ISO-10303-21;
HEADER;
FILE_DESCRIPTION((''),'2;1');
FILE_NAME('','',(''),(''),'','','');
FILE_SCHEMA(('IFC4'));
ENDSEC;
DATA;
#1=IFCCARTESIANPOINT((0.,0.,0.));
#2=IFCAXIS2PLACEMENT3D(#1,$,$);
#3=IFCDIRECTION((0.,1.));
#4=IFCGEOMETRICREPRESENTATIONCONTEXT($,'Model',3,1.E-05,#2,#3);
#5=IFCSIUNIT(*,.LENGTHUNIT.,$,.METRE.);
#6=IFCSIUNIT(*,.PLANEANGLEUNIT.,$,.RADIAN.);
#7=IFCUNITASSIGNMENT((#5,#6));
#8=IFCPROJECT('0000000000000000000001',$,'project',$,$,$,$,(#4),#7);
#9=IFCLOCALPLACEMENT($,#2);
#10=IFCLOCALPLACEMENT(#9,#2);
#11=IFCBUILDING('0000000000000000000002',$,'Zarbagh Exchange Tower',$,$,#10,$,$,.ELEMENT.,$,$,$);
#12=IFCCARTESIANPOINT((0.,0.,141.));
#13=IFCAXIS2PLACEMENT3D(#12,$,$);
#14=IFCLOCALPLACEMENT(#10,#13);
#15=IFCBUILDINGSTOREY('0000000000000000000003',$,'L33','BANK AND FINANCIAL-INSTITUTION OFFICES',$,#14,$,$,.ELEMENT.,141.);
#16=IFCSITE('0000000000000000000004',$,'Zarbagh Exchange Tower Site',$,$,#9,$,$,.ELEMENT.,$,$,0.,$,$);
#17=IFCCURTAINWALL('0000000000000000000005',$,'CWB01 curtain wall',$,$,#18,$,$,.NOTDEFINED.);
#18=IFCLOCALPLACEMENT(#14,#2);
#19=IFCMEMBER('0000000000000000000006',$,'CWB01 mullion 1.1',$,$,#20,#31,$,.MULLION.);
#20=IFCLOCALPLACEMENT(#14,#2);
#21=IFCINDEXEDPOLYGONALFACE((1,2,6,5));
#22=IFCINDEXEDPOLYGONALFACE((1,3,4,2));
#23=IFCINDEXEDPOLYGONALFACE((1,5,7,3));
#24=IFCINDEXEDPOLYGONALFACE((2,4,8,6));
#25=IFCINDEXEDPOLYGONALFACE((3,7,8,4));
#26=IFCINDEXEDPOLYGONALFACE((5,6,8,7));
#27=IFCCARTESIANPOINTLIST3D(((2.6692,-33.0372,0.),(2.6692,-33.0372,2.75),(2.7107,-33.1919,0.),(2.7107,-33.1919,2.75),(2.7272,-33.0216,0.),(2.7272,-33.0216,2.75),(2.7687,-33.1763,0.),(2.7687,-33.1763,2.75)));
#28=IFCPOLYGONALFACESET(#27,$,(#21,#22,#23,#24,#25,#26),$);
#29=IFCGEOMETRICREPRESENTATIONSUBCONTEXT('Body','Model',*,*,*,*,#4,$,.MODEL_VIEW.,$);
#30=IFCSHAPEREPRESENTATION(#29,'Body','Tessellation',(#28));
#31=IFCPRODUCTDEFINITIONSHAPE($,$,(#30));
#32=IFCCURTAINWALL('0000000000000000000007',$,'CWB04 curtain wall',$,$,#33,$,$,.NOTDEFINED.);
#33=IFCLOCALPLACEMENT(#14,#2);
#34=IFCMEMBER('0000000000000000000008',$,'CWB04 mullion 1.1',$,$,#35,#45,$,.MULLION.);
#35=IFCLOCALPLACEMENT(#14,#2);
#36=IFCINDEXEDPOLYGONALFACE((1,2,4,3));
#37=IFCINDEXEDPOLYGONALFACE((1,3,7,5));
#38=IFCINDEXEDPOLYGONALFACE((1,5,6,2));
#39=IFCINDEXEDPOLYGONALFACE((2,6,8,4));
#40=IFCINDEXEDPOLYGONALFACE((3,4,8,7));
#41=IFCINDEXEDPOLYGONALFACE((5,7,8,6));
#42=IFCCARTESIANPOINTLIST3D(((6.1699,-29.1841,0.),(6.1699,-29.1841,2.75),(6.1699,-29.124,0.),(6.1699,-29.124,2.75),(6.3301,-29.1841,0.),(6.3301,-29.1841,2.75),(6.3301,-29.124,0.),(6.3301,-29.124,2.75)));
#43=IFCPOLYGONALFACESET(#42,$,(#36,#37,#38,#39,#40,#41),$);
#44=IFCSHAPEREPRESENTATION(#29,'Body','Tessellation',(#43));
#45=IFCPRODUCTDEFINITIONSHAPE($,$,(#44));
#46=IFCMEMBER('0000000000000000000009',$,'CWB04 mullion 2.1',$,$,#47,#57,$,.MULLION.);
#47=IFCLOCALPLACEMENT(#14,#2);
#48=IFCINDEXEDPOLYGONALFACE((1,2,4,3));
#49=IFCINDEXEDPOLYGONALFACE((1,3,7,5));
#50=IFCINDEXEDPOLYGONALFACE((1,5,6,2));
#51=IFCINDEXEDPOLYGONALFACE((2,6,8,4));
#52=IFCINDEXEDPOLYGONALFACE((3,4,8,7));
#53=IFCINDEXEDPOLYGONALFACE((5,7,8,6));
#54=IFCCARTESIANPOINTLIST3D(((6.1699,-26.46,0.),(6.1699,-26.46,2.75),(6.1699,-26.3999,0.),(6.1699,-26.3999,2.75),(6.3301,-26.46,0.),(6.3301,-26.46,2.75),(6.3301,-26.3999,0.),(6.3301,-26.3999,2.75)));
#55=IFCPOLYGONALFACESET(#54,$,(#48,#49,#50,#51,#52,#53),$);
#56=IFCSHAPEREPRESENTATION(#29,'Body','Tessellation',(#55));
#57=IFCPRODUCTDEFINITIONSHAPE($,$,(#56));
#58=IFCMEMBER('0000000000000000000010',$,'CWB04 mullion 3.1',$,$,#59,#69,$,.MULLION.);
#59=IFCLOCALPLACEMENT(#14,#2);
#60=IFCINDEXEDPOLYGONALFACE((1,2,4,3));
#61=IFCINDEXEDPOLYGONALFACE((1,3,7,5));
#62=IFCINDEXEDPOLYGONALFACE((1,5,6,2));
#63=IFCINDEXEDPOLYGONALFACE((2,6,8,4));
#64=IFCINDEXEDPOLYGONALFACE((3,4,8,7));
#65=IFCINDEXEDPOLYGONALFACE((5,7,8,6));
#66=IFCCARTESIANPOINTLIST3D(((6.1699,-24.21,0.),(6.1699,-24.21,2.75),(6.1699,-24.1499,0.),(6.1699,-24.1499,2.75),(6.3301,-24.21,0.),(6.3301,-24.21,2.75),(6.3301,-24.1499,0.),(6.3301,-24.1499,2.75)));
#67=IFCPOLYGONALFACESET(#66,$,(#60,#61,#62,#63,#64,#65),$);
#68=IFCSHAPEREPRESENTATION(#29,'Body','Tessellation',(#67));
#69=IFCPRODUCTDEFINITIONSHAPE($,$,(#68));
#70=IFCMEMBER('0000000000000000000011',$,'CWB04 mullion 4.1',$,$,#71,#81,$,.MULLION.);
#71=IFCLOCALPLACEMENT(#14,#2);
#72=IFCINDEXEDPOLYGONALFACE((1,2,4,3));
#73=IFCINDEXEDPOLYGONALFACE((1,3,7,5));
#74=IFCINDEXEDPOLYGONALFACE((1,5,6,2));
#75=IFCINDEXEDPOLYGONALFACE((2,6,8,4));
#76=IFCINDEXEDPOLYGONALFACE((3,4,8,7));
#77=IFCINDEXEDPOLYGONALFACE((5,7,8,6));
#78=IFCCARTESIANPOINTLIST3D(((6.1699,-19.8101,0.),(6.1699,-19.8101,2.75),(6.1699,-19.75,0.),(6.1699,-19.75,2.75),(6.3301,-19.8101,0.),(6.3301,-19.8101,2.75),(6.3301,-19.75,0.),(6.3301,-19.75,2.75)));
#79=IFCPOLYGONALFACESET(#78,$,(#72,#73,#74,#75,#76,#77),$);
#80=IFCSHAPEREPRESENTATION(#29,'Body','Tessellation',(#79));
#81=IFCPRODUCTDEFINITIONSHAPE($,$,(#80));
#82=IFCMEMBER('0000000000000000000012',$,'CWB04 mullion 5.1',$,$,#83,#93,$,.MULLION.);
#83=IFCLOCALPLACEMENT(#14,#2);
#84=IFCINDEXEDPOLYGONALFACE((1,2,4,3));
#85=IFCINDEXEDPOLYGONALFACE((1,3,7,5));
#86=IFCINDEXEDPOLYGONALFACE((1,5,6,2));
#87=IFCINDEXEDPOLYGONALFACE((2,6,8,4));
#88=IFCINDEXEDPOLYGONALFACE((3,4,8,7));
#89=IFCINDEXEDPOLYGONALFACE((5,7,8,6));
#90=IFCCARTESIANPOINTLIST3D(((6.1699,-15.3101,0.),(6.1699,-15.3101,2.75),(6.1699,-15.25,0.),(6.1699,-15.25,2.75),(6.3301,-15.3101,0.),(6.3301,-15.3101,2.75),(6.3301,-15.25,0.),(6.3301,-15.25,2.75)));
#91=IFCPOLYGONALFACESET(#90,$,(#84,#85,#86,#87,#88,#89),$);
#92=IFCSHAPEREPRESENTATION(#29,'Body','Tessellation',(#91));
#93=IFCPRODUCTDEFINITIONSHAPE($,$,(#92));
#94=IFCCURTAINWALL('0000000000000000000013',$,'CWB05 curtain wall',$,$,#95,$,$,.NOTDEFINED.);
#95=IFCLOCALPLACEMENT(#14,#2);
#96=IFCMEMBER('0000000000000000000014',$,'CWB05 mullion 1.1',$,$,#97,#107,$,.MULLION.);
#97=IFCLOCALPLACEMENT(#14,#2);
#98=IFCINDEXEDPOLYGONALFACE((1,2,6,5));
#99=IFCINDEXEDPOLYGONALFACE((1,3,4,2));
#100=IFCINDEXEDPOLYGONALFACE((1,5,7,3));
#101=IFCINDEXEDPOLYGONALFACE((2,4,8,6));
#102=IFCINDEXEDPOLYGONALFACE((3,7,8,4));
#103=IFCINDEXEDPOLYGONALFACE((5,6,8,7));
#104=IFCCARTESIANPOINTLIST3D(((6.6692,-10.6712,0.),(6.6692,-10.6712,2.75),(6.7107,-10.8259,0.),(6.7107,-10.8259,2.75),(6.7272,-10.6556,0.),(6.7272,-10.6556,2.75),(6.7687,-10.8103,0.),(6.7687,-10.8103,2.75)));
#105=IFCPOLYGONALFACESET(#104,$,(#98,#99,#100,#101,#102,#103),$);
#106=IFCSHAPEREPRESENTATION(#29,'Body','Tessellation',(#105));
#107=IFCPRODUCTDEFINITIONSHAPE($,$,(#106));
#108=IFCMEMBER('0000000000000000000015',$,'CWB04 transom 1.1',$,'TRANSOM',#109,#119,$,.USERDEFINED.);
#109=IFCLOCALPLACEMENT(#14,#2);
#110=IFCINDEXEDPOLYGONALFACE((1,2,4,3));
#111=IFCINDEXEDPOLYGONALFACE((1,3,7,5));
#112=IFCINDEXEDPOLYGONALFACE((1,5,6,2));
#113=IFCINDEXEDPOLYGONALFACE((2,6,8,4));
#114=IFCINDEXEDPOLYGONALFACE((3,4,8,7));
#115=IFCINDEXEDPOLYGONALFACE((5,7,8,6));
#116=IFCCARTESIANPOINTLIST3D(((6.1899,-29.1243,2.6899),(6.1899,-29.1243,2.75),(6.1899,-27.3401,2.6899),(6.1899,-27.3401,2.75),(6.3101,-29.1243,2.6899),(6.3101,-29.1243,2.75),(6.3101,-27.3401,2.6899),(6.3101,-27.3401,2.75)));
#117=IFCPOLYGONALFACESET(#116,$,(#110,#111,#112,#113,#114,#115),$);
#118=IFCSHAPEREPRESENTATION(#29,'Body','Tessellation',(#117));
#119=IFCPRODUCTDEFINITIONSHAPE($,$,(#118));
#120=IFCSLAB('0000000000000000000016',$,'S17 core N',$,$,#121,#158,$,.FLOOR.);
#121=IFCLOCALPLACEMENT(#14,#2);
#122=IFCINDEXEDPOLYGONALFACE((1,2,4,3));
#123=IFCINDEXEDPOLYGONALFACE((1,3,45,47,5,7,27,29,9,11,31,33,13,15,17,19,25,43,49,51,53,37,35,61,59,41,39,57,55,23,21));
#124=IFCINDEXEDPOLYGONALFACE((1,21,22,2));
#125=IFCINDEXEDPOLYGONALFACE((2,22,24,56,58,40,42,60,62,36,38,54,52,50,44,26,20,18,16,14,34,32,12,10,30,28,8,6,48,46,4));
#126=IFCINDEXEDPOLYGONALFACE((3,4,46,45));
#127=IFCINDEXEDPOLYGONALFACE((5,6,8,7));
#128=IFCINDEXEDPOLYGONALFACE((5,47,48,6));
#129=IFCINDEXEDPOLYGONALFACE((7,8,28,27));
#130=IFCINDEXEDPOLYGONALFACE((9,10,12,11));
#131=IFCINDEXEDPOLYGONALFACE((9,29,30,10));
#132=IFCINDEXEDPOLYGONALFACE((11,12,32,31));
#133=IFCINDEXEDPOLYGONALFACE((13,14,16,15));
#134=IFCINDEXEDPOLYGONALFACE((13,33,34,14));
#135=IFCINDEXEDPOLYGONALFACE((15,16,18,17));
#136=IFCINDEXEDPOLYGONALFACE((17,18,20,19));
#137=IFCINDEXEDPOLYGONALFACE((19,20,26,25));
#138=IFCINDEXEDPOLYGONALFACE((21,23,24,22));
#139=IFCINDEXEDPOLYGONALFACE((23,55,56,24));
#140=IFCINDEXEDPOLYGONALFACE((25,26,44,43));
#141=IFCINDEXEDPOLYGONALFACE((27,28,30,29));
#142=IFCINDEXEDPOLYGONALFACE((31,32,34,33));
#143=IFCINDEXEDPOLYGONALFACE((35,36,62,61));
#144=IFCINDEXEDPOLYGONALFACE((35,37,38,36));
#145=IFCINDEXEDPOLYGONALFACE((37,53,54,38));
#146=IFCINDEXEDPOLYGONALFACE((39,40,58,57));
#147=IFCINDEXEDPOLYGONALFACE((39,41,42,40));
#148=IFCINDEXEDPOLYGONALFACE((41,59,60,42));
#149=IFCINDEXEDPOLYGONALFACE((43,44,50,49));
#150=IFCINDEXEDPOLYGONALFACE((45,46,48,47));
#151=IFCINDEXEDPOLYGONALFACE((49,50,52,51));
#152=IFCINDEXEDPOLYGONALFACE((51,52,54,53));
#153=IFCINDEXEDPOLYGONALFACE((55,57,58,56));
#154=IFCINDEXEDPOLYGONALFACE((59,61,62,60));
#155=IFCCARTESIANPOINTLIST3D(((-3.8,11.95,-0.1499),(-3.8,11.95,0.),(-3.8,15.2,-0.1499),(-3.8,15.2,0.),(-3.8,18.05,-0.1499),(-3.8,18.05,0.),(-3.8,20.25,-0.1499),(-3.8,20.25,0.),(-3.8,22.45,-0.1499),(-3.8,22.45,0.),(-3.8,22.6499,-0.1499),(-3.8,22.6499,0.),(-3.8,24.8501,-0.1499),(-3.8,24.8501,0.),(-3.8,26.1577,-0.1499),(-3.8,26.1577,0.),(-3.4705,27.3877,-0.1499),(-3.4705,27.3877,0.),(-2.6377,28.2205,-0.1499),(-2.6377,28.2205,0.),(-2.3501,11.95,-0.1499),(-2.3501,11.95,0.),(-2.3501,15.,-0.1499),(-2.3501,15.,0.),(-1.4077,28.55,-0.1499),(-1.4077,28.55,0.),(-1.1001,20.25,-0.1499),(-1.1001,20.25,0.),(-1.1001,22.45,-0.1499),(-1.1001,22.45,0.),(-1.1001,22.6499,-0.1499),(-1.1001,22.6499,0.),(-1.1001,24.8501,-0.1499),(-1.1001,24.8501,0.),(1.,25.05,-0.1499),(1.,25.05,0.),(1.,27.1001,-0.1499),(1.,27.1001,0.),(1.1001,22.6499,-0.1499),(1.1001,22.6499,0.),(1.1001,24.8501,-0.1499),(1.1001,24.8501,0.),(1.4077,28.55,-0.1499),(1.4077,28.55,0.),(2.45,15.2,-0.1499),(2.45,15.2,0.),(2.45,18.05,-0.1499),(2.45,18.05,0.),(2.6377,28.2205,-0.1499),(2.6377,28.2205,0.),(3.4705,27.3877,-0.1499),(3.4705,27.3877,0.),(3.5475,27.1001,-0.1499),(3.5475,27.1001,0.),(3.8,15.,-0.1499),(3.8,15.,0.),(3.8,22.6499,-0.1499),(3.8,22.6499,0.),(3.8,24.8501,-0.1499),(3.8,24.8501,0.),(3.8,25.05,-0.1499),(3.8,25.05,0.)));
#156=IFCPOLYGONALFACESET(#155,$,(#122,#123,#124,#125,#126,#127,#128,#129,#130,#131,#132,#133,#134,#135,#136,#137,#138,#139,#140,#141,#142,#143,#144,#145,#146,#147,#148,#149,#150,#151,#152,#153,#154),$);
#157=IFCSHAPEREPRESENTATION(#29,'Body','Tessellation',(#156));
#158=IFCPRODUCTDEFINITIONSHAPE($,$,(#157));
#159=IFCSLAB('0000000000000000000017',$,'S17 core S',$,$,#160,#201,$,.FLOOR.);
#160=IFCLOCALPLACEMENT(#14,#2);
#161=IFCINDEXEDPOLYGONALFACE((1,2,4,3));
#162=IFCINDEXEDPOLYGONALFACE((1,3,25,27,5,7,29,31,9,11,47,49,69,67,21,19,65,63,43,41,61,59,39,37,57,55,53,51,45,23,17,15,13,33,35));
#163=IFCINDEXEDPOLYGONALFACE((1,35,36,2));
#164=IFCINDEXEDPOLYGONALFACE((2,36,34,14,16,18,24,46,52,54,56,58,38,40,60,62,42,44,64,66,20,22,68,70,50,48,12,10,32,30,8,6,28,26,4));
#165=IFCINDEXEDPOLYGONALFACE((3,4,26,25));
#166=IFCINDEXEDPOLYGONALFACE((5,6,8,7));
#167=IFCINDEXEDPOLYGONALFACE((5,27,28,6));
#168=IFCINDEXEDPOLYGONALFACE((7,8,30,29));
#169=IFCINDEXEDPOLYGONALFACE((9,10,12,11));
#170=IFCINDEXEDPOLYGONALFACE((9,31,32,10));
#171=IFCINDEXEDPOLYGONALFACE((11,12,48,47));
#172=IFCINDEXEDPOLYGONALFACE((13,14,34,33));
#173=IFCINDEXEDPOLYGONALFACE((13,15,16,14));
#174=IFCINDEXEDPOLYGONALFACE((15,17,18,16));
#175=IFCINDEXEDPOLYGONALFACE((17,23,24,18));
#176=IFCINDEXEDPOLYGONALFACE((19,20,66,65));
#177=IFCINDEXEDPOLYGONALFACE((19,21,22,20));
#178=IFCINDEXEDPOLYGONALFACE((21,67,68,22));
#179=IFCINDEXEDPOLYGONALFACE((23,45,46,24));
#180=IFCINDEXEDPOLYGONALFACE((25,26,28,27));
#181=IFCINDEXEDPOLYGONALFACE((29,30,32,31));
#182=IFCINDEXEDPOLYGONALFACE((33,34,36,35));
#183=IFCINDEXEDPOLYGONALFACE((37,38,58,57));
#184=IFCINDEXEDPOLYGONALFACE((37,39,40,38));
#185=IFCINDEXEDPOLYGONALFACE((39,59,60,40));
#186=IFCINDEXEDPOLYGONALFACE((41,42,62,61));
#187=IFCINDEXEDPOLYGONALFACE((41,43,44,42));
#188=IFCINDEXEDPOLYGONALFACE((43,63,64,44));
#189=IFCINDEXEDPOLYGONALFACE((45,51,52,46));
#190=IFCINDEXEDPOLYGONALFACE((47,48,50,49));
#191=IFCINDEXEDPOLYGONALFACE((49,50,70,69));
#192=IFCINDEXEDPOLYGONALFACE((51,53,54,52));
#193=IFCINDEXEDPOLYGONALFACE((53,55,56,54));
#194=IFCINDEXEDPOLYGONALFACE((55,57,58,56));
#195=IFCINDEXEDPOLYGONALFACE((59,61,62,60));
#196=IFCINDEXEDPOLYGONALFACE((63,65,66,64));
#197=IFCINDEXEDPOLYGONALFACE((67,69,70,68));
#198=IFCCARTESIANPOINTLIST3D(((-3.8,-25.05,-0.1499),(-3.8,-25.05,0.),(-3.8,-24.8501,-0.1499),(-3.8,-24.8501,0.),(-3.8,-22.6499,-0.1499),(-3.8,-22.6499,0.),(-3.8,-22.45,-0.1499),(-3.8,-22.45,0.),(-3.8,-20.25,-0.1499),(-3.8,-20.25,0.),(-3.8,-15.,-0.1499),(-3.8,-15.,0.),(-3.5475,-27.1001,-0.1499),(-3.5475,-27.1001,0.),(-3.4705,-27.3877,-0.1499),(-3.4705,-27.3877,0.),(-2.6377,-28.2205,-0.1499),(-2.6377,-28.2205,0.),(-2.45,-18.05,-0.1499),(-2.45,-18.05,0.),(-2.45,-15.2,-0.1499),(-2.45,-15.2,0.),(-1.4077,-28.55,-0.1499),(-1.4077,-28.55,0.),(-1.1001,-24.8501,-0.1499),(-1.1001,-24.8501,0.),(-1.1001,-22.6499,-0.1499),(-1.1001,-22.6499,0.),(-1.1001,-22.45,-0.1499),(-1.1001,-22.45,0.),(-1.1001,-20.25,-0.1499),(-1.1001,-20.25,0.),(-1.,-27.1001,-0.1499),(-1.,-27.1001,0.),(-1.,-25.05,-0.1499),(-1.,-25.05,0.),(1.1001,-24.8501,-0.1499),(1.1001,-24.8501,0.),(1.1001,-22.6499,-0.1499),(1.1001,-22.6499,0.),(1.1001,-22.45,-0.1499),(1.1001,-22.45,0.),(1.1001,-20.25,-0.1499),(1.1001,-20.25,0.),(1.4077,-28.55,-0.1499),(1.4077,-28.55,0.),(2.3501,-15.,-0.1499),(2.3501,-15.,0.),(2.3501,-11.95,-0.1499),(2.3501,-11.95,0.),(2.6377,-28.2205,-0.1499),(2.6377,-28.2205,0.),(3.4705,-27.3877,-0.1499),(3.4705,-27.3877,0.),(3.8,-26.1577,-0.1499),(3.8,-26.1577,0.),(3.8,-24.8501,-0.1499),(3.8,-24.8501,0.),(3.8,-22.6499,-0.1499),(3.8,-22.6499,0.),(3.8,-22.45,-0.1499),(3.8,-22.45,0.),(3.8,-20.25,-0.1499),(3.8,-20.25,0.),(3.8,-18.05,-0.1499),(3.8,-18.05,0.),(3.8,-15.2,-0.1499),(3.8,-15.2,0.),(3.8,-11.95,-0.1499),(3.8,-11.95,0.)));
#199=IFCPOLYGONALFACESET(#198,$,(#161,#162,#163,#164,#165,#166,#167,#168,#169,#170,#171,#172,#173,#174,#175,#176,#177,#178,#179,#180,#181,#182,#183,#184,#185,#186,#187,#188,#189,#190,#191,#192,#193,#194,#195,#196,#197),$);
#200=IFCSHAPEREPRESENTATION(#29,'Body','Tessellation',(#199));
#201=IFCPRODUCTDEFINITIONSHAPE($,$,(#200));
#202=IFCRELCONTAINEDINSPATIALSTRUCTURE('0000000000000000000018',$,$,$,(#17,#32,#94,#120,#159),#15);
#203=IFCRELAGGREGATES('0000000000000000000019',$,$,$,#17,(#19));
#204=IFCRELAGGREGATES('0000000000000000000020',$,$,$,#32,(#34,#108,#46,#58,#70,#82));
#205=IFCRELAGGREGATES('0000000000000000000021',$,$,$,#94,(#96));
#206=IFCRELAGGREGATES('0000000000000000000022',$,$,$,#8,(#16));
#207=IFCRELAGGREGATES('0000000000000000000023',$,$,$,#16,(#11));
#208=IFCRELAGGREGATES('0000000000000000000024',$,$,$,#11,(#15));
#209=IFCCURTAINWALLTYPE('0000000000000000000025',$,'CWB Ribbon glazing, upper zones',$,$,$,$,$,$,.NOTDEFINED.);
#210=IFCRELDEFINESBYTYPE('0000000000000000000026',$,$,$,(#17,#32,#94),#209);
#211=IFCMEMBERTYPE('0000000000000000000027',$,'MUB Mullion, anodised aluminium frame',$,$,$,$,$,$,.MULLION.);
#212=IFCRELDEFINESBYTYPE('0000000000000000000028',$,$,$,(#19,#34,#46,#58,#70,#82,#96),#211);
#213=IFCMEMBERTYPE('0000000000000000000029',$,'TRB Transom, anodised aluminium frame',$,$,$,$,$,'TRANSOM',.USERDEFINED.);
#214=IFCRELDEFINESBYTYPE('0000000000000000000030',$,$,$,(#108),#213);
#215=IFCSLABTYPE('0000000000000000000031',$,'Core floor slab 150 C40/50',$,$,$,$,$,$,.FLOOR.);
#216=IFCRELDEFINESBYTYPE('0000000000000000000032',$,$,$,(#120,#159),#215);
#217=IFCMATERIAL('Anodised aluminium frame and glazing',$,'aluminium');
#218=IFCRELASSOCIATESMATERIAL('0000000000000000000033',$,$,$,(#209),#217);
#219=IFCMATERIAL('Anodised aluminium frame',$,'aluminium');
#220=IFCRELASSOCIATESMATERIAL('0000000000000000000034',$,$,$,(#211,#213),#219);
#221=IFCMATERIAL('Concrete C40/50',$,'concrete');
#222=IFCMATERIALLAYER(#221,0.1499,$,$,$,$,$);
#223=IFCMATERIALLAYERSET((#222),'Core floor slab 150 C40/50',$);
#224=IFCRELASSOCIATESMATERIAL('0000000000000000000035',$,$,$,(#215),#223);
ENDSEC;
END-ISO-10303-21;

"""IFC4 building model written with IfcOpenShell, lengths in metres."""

from ifc_helpers import new_model, si_unit, direction, frame, origin, place, context, subcontext, project, spatial, polyline, outline, extrude, source, transform, mapped, material, layer, layer_set, type_object, element, aggregate, save


model = new_model("IFC4")

# Units and contexts
model_context = context("Model", 3, precision=1e-05, world=origin(), true_north=direction((0.0, 1.0)))
body_context = subcontext(model_context, "Body", "Model", "MODEL_VIEW")
ifc_project = project(units=[si_unit("LENGTHUNIT", "METRE"), si_unit("PLANEANGLEUNIT", "RADIAN")], contexts=[model_context])

# Site, building, storey
site_placement = place(None, origin())
site = spatial("IfcSite", under=ifc_project, at=site_placement, Name="Zarbagh Exchange Tower Site", CompositionType="ELEMENT", RefElevation=0.0)
building_placement = place(site_placement, origin())
building = spatial("IfcBuilding", under=site, at=building_placement, Name="Zarbagh Exchange Tower", CompositionType="ELEMENT")
storey_placement = place(building_placement, frame((0.0, 0.0, 141.0)))
storey = spatial("IfcBuildingStorey", under=building, at=storey_placement, Name="L33", Description="BANK AND FINANCIAL-INSTITUTION OFFICES", CompositionType="ELEMENT", Elevation=141.0)

# Curtain wall, member
ifc_material_1 = material(Name="Anodised aluminium frame and glazing", Category="aluminium")
curtain_wall_type = type_object("IfcCurtainWallType", Name="CWB Ribbon glazing, upper zones", PredefinedType="NOTDEFINED", material=ifc_material_1)
curtain_wall_1_placement = place(storey_placement, origin())
curtain_wall_1 = element("IfcCurtainWall", 1, at=curtain_wall_1_placement, inside=storey, type_object=curtain_wall_type, Name="CWB01 curtain wall", PredefinedType="NOTDEFINED")
ifc_material_2 = material(Name="Anodised aluminium frame", Category="aluminium")
member_type_1 = type_object("IfcMemberType", Name="MUB Mullion, anodised aluminium frame", PredefinedType="MULLION", material=ifc_material_2)
shared_shape_1 = source(origin(), body_context, "Body", "SweptSolid", [
    extrude(outline(polyline([(0.0, -0.0801), (0.0601, -0.0801), (0.0601, 0.0801), (0.0, 0.0801), (0.0, -0.0801)])), origin(), (0.0, 0.0, 1.0), 2.75),
])
placement = place(storey_placement, origin())
member_1 = element("IfcMember", 2, at=placement, type_object=member_type_1, Name="CWB01 mullion 1.1", PredefinedType="MULLION", context=body_context, shape_type="MappedRepresentation", body=[
    mapped(shared_shape_1, transform((2.6899, -33.1145, 0.0), x_axis=(0.965924, 0.258825, 0.0), y_axis=(-0.258825, 0.965924, 0.0), z_axis=(0.0, 0.0, 1.0))),
])

# Curtain wall, members
curtain_wall_2_placement = place(storey_placement, origin())
curtain_wall_2 = element("IfcCurtainWall", 3, at=curtain_wall_2_placement, inside=storey, type_object=curtain_wall_type, Name="CWB04 curtain wall", PredefinedType="NOTDEFINED")
member_2 = element("IfcMember", 4, at=placement, type_object=member_type_1, Name="CWB04 mullion 1.1", PredefinedType="MULLION", context=body_context, shape_type="MappedRepresentation", body=[
    mapped(shared_shape_1, transform((6.25, -29.1841, 0.0), x_axis=(0.0, 1.0, 0.0), y_axis=(-1.0, 0.0, 0.0), z_axis=(0.0, 0.0, 1.0))),
])
member_3 = element("IfcMember", 5, at=placement, type_object=member_type_1, Name="CWB04 mullion 2.1", PredefinedType="MULLION", context=body_context, shape_type="MappedRepresentation", body=[
    mapped(shared_shape_1, transform((6.25, -26.46, 0.0), x_axis=(0.0, 1.0, 0.0), y_axis=(-1.0, 0.0, 0.0), z_axis=(0.0, 0.0, 1.0))),
])
member_4 = element("IfcMember", 6, at=placement, type_object=member_type_1, Name="CWB04 mullion 3.1", PredefinedType="MULLION", context=body_context, shape_type="MappedRepresentation", body=[
    mapped(shared_shape_1, transform((6.25, -24.21, 0.0), x_axis=(0.0, 1.0, 0.0), y_axis=(-1.0, 0.0, 0.0), z_axis=(0.0, 0.0, 1.0))),
])
member_5 = element("IfcMember", 7, at=placement, type_object=member_type_1, Name="CWB04 mullion 4.1", PredefinedType="MULLION", context=body_context, shape_type="MappedRepresentation", body=[
    mapped(shared_shape_1, transform((6.25, -19.8101, 0.0), x_axis=(0.0, 1.0, 0.0), y_axis=(-1.0, 0.0, 0.0), z_axis=(0.0, 0.0, 1.0))),
])
member_6 = element("IfcMember", 8, at=placement, type_object=member_type_1, Name="CWB04 mullion 5.1", PredefinedType="MULLION", context=body_context, shape_type="MappedRepresentation", body=[
    mapped(shared_shape_1, transform((6.25, -15.3101, 0.0), x_axis=(0.0, 1.0, 0.0), y_axis=(-1.0, 0.0, 0.0), z_axis=(0.0, 0.0, 1.0))),
])

# Curtain wall, member
curtain_wall_3_placement = place(storey_placement, origin())
curtain_wall_3 = element("IfcCurtainWall", 9, at=curtain_wall_3_placement, inside=storey, type_object=curtain_wall_type, Name="CWB05 curtain wall", PredefinedType="NOTDEFINED")
member_7 = element("IfcMember", 10, at=placement, type_object=member_type_1, Name="CWB05 mullion 1.1", PredefinedType="MULLION", context=body_context, shape_type="MappedRepresentation", body=[
    mapped(shared_shape_1, transform((6.6899, -10.7485, 0.0), x_axis=(0.965924, 0.258825, 0.0), y_axis=(-0.258825, 0.965924, 0.0), z_axis=(0.0, 0.0, 1.0))),
])

# Member
member_type_2 = type_object("IfcMemberType", Name="TRB Transom, anodised aluminium frame", ElementType="TRANSOM", PredefinedType="USERDEFINED", material=ifc_material_2)
shared_shape_2 = source(origin(), body_context, "Body", "SweptSolid", [
    extrude(outline(polyline([(-0.0601, -0.0601), (0.0, -0.0601), (0.0, 0.0601), (-0.0601, 0.0601), (-0.0601, -0.0601)])), origin(), (0.0, 0.0, 1.0), 1.7842),
])
member_8 = element("IfcMember", 11, at=placement, type_object=member_type_2, Name="CWB04 transom 1.1", ObjectType="TRANSOM", PredefinedType="USERDEFINED", context=body_context, shape_type="MappedRepresentation", body=[
    mapped(shared_shape_2, transform((6.25, -29.1243, 2.75), x_axis=(0.0, 0.0, 1.0), y_axis=(1.0, 0.0, 0.0), z_axis=(0.0, 1.0, 0.0))),
])

# Slabs
ifc_material_3 = material(Name="Concrete C40/50", Category="concrete")
ifc_layer_1 = layer(ifc_material_3, 0.1499)
ifc_layer_set_1 = layer_set([ifc_layer_1], Name="Core floor slab 150 C40/50")
slab_type = type_object("IfcSlabType", Name="Core floor slab 150 C40/50", PredefinedType="FLOOR", material=ifc_layer_set_1)
slab_1_placement = place(storey_placement, frame((0.0, 0.0, -0.1499)))
element("IfcSlab", 12, at=slab_1_placement, inside=storey, type_object=slab_type, Name="S17 core N", PredefinedType="FLOOR", context=body_context, shape_type="SweptSolid", body=[
    extrude(outline(polyline([(-3.8, 11.95), (-3.8, 15.2), (2.45, 15.2), (2.45, 18.05), (-3.8, 18.05), (-3.8, 20.25), (-1.1001, 20.25), (-1.1001, 22.45), (-3.8, 22.45), (-3.8, 22.6499), (-1.1001, 22.6499), (-1.1001, 24.8501), (-3.8, 24.8501), (-3.8, 26.1577), (-3.4705, 27.3877), (-2.6377, 28.2205), (-1.4077, 28.55), (1.4077, 28.55), (2.6377, 28.2205), (3.4705, 27.3877), (3.8, 26.1577), (3.8, 26.1577), (3.5476, 27.1001), (1.0, 27.1001), (1.0, 25.05), (3.8, 25.05), (3.8, 24.8501), (1.1001, 24.8501), (1.1001, 22.6499), (3.8, 22.6499), (3.8, 15.0), (-2.3501, 15.0), (-2.3501, 11.95), (-3.8, 11.95)])), origin(), (0.0, 0.0, 1.0), 0.1499),
])
slab_2_placement = place(storey_placement, frame((0.0, 0.0, -0.1499)))
element("IfcSlab", 13, at=slab_2_placement, inside=storey, type_object=slab_type, Name="S17 core S", PredefinedType="FLOOR", context=body_context, shape_type="SweptSolid", body=[
    extrude(outline(polyline([(-2.6377, -28.2205), (-3.4705, -27.3877), (-3.8, -26.1577), (-3.8, -26.1577), (-3.5476, -27.1001), (-1.0, -27.1001), (-1.0, -25.05), (-3.8, -25.05), (-3.8, -24.8501), (-1.1001, -24.8501), (-1.1001, -22.6499), (-3.8, -22.6499), (-3.8, -22.45), (-1.1001, -22.45), (-1.1001, -20.25), (-3.8, -20.25), (-3.8, -15.0), (2.3501, -15.0), (2.3501, -11.95), (3.8, -11.95), (3.8, -15.2), (-2.45, -15.2), (-2.45, -18.05), (3.8, -18.05), (3.8, -20.25), (1.1001, -20.25), (1.1001, -22.45), (3.8, -22.45), (3.8, -22.6499), (1.1001, -22.6499), (1.1001, -24.8501), (3.8, -24.8501), (3.8, -26.1577), (3.4705, -27.3877), (2.6377, -28.2205), (1.4077, -28.55), (-1.4077, -28.55), (-2.6377, -28.2205)])), origin(), (0.0, 0.0, 1.0), 0.1499),
])

aggregate(curtain_wall_1, [member_1])

aggregate(curtain_wall_2, [member_2, member_8, member_3, member_4, member_5, member_6])
aggregate(curtain_wall_3, [member_7])

save(model, "model.ifc")
